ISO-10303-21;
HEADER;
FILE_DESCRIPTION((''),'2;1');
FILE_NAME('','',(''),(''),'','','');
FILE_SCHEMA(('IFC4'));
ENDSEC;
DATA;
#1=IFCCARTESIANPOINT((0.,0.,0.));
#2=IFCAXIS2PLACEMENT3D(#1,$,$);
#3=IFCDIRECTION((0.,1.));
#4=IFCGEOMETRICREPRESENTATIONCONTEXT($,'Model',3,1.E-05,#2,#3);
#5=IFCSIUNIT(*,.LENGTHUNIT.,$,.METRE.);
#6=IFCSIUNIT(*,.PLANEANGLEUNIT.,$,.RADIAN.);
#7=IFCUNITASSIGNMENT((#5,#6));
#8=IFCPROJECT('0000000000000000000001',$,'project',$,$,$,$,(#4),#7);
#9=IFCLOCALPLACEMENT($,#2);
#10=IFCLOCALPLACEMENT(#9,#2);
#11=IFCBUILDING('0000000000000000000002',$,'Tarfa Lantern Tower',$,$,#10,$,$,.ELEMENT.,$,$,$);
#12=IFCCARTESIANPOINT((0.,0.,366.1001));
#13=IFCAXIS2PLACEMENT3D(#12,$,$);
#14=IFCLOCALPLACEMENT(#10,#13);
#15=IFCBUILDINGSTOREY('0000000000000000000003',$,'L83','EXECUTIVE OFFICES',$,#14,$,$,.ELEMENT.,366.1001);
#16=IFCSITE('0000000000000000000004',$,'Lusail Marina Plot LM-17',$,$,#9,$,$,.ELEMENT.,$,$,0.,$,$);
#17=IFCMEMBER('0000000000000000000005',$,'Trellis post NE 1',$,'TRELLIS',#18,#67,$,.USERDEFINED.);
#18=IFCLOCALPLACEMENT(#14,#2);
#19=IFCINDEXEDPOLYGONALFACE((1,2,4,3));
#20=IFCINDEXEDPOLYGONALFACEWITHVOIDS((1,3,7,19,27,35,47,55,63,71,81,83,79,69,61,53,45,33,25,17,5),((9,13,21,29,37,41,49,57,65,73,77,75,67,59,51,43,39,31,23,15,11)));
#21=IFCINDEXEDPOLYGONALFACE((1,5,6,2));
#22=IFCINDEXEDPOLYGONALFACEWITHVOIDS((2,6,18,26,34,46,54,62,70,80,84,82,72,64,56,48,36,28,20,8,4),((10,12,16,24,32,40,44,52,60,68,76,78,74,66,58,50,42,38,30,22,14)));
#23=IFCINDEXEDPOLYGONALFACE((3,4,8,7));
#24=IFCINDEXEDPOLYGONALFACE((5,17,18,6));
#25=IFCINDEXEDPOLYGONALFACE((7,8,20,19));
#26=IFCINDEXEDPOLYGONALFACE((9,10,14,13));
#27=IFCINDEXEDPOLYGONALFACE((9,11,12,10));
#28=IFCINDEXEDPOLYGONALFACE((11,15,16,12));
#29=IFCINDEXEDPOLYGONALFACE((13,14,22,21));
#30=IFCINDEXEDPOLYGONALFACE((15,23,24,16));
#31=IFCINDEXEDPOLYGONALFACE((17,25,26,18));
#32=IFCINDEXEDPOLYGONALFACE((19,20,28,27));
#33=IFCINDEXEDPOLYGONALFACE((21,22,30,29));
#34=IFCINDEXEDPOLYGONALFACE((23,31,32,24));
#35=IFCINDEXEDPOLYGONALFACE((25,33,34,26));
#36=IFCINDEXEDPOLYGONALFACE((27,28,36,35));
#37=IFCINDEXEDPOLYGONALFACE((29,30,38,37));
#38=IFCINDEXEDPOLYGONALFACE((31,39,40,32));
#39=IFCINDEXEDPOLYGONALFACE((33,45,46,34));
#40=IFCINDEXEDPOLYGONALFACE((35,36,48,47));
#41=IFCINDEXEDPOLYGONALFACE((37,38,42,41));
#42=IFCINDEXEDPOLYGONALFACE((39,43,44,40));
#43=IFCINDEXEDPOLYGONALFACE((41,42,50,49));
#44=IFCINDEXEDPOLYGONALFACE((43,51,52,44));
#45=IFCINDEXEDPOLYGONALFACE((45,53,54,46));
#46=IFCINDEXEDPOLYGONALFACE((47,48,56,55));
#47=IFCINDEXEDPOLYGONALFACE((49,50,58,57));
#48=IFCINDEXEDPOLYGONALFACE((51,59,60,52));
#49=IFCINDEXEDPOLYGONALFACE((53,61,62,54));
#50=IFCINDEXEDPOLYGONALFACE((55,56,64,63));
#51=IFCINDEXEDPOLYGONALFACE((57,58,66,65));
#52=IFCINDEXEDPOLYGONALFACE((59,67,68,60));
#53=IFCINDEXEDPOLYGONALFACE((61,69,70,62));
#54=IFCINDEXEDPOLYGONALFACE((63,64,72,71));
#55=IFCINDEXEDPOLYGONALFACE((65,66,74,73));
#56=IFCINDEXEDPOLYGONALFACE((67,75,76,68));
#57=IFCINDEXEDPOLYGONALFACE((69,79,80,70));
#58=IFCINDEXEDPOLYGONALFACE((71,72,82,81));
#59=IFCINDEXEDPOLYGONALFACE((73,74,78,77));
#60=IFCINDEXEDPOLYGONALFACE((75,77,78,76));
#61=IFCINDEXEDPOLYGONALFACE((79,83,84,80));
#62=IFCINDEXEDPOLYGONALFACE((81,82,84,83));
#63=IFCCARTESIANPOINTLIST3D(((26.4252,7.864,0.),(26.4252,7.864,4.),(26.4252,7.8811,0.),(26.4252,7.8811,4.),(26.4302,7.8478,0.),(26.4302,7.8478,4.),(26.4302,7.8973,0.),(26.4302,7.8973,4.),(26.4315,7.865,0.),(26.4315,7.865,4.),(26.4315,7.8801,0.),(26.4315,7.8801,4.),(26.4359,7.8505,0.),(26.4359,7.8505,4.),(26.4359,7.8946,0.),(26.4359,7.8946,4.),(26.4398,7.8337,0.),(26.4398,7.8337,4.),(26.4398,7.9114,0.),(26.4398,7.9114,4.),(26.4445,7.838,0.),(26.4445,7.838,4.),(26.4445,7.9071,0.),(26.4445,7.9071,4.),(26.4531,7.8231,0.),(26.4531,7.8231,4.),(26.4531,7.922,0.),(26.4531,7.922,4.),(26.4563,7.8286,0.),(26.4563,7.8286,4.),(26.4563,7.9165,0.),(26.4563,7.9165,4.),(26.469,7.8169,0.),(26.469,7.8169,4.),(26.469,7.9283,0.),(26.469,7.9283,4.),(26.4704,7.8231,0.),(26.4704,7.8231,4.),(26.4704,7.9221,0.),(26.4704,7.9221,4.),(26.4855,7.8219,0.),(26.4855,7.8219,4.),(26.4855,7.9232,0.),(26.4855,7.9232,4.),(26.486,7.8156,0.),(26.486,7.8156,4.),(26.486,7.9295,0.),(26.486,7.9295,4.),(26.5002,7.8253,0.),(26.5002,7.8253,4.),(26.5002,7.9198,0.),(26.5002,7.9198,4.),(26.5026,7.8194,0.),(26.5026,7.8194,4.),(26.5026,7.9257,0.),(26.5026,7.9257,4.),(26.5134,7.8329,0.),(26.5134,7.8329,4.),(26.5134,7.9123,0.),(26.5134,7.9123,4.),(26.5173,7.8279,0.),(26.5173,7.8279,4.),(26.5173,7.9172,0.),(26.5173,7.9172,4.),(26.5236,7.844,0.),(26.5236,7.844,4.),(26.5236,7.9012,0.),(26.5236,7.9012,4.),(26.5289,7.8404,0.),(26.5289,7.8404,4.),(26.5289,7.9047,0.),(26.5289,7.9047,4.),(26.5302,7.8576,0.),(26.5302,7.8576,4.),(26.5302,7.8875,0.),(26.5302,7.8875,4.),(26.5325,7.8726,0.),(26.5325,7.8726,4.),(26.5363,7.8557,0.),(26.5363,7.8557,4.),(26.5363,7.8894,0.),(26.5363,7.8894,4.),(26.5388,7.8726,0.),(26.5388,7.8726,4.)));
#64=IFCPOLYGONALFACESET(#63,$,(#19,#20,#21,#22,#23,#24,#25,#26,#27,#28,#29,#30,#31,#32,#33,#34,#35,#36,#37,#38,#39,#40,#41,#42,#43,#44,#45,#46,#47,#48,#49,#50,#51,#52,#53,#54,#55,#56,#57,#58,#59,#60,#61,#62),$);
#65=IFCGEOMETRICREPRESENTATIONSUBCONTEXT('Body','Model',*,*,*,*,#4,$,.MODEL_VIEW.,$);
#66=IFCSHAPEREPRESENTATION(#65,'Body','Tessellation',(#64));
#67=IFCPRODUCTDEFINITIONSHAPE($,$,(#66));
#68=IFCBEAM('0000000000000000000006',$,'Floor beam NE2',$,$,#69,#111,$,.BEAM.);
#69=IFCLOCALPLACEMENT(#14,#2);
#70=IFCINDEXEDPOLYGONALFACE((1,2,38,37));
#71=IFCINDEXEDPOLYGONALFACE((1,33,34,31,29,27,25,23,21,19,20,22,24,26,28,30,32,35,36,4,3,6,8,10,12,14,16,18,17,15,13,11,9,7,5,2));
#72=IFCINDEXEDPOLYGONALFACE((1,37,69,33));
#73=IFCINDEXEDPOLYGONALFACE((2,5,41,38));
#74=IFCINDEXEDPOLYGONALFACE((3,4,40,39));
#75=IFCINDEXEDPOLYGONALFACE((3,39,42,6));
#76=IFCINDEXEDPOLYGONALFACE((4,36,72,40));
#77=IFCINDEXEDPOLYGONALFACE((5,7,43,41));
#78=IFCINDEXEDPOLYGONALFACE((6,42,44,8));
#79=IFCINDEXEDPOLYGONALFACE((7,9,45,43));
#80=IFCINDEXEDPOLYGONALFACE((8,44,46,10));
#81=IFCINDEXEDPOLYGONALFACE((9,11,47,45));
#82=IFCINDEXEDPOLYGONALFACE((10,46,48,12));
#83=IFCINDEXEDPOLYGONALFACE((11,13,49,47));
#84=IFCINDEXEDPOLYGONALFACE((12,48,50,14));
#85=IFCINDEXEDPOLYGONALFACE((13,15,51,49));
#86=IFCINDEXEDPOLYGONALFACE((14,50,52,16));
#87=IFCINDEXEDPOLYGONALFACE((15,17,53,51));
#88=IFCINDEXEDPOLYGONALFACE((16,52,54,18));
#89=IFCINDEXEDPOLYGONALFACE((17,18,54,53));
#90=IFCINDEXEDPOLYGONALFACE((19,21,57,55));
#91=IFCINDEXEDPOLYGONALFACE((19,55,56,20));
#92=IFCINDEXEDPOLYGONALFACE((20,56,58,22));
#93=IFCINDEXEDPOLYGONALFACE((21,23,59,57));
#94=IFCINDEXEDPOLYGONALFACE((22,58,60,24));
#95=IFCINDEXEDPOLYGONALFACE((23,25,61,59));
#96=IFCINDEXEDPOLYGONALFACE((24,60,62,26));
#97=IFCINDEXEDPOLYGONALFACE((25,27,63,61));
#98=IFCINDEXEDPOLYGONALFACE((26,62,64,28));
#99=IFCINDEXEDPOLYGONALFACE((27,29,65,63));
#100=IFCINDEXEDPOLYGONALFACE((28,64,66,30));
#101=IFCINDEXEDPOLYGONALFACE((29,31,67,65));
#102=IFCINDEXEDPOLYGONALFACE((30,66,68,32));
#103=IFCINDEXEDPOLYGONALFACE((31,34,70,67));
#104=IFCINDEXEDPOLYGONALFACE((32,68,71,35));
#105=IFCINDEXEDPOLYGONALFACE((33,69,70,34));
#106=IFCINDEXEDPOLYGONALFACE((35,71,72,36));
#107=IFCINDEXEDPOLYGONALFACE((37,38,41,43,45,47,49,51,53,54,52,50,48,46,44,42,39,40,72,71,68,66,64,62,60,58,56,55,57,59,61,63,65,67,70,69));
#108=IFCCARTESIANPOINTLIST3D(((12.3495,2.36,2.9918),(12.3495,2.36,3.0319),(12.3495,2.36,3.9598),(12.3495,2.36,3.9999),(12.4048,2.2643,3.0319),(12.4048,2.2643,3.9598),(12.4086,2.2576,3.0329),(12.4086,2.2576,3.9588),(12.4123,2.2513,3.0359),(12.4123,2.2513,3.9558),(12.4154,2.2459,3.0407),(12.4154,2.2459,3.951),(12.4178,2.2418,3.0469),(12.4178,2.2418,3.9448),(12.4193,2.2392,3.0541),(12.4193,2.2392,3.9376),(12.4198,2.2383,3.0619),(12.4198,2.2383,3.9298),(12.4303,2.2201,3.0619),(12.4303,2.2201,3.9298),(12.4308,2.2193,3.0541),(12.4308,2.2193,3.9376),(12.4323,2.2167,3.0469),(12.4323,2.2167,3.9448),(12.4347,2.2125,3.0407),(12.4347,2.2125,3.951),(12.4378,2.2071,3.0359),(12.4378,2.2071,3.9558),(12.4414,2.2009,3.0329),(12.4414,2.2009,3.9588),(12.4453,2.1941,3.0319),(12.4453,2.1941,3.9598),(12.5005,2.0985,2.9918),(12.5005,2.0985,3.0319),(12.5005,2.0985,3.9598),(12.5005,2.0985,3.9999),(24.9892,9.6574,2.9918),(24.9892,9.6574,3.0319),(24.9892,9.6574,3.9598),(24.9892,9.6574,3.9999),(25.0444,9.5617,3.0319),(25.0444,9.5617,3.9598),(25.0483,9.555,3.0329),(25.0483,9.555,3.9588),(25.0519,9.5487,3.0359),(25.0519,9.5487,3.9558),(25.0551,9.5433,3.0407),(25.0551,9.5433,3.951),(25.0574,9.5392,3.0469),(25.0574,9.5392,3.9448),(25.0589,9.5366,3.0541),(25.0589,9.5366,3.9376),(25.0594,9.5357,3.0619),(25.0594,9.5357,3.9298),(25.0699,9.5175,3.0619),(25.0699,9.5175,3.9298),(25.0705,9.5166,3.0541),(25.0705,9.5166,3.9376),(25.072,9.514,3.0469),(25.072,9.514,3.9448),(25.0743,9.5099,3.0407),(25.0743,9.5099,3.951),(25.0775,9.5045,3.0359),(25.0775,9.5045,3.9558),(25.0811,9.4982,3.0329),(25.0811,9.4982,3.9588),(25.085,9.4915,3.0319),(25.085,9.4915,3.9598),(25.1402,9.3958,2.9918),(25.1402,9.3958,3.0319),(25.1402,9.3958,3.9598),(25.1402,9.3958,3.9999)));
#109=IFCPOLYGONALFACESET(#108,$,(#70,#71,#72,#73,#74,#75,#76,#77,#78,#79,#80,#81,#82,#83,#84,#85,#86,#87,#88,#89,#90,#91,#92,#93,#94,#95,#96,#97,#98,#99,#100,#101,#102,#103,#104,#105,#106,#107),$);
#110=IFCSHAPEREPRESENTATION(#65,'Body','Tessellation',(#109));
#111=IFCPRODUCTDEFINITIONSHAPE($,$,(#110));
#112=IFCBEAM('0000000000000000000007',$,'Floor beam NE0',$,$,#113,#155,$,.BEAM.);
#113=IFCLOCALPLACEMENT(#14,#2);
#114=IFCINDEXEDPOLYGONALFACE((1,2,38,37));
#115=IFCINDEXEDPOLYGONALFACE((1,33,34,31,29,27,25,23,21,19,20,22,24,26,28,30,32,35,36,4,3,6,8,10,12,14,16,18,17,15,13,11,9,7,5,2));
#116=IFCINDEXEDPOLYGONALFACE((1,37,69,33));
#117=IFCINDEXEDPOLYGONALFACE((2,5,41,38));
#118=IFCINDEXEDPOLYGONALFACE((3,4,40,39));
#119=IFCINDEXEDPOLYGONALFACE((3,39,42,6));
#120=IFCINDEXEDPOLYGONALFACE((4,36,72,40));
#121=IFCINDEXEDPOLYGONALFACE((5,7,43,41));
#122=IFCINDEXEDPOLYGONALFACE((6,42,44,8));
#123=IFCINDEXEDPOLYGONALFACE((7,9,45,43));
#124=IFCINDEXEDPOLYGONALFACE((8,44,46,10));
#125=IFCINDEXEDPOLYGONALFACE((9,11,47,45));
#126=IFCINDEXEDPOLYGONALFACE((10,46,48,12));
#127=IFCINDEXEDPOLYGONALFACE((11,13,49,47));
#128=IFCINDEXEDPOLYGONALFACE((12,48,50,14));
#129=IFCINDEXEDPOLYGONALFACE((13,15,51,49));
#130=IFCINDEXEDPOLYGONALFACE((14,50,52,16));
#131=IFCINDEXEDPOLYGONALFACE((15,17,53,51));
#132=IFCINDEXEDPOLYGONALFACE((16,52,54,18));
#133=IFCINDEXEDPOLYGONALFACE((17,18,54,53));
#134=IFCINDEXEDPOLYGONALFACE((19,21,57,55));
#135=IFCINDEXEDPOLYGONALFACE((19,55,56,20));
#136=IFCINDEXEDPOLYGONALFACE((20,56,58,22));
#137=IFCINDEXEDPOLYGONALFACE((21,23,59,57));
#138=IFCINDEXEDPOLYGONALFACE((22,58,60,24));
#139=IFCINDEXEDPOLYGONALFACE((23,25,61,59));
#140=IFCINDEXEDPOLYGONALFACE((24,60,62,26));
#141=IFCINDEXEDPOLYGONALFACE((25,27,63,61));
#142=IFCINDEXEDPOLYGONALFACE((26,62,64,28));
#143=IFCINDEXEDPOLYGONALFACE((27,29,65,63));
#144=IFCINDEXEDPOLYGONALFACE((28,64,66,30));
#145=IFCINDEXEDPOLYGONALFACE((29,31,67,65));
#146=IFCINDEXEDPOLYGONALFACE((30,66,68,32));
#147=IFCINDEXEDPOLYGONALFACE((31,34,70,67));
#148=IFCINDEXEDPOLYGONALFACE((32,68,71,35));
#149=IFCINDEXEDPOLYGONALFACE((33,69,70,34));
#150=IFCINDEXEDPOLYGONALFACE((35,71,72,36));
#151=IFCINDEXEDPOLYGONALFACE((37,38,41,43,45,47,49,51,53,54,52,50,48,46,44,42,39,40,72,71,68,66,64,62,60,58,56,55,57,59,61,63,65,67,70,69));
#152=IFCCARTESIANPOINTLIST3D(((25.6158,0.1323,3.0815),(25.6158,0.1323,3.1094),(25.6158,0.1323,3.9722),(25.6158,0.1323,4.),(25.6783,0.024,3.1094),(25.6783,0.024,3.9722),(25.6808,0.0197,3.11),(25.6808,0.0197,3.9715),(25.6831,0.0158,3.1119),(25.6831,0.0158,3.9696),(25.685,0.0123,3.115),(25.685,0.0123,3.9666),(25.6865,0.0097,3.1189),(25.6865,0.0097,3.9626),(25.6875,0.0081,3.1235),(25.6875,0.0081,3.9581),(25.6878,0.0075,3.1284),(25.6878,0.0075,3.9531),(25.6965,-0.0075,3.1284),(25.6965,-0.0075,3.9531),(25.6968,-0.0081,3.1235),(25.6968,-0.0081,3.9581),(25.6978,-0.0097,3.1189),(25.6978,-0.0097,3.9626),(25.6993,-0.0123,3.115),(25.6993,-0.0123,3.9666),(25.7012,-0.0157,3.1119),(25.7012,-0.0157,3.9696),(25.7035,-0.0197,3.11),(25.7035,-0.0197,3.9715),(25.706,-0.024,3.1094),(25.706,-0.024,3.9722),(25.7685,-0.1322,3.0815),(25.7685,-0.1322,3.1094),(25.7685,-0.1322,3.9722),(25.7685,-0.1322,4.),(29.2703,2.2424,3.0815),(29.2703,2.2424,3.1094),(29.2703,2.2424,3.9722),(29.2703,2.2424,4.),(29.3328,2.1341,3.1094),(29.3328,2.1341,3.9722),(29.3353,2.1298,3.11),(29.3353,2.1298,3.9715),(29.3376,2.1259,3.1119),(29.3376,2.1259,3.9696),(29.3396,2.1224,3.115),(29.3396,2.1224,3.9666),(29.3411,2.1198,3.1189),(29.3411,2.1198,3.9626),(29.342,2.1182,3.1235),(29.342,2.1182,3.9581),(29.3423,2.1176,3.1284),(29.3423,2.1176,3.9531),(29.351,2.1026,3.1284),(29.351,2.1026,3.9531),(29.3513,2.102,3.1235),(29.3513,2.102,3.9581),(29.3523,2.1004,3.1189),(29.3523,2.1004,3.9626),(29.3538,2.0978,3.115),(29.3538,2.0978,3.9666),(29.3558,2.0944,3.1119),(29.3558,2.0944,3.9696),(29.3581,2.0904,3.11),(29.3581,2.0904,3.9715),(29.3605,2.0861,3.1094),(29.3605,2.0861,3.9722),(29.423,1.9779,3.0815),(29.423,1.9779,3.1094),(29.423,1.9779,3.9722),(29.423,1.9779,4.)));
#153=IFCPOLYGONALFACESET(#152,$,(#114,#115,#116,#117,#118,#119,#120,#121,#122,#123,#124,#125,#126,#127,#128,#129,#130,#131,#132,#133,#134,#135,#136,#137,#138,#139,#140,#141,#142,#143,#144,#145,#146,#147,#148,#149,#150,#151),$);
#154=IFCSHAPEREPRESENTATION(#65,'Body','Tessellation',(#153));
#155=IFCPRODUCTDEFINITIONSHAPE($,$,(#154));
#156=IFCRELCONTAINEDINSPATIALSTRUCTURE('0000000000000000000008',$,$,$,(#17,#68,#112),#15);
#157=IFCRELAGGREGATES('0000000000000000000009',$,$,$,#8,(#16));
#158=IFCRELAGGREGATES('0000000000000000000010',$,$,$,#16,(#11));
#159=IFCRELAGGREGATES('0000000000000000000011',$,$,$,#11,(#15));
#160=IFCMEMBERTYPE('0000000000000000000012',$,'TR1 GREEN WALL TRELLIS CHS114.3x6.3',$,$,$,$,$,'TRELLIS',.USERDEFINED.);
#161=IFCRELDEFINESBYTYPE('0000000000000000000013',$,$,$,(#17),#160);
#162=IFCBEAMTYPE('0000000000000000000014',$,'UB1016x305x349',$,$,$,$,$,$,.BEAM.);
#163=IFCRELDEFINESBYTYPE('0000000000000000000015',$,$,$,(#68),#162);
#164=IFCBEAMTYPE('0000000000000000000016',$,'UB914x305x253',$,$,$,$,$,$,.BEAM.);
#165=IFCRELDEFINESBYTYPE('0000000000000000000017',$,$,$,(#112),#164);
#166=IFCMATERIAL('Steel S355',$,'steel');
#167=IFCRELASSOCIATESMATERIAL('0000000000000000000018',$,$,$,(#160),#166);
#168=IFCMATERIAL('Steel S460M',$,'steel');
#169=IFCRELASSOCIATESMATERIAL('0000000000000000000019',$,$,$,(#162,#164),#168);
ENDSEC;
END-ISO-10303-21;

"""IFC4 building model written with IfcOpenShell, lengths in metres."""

from ifc_helpers import new_model, si_unit, direction, frame, origin, origin_2d, place, context, subcontext, project, spatial, hollow_circle, i_section, extrude, material, material_profile, profile_set, type_object, element, save


model = new_model("IFC4")

# Units and contexts
model_context = context("Model", 3, precision=1e-05, world=origin(), true_north=direction((0.0, 1.0)))
body_context = subcontext(model_context, "Body", "Model", "MODEL_VIEW")
ifc_project = project(units=[si_unit("LENGTHUNIT", "METRE"), si_unit("PLANEANGLEUNIT", "RADIAN")], contexts=[model_context])

# Site, building, storey
site_placement = place(None, origin())
site = spatial("IfcSite", under=ifc_project, at=site_placement, Name="Lusail Marina Plot LM-17", CompositionType="ELEMENT", RefElevation=0.0)
building_placement = place(site_placement, origin())
building = spatial("IfcBuilding", under=site, at=building_placement, Name="Tarfa Lantern Tower", CompositionType="ELEMENT")
storey_placement = place(building_placement, frame((0.0, 0.0, 366.1001)))
storey = spatial("IfcBuildingStorey", under=building, at=storey_placement, Name="L83", Description="EXECUTIVE OFFICES", CompositionType="ELEMENT", Elevation=366.1001)

# Member
ifc_material_1 = material(Name="Steel S355", Category="steel")
ifc_material_profile_1 = material_profile(ifc_material_1, hollow_circle(Radius=0.0571, WallThickness=0.0063, at=origin_2d()), Name="CHS114.3x6.3")
ifc_profile_set_1 = profile_set([ifc_material_profile_1], Name="Steel S355")
member_type_1 = type_object("IfcMemberType", Name="TR1 GREEN WALL TRELLIS CHS114.3x6.3", ElementType="TRELLIS", PredefinedType="USERDEFINED", material=ifc_profile_set_1)
member_1_placement = place(storey_placement, frame((26.4817, 7.8726, 0.0), z_axis=(0.0, 0.0, 1.0), x_axis=(1.0, 0.0, 0.0)))
element("IfcMember", 1, at=member_1_placement, inside=storey, type_object=member_type_1, Name="Trellis post NE 1", ObjectType="TRELLIS", PredefinedType="USERDEFINED", context=body_context, shape_type="SweptSolid", body=[
    extrude(hollow_circle(Radius=0.0571, WallThickness=0.0063, at=origin_2d()), origin(), (0.0, 0.0, 1.0), 4.0),
])

# Beams
ifc_material_2 = material(Name="Steel S460M", Category="steel")
ifc_material_profile_2 = material_profile(ifc_material_2, i_section(OverallWidth=0.302, OverallDepth=1.0081, WebThickness=0.021, FlangeThickness=0.04, FilletRadius=0.03, at=origin_2d()), Name="UB1016x305x349")
ifc_profile_set_2 = profile_set([ifc_material_profile_2], Name="Steel S460M")
beam_type_1 = type_object("IfcBeamType", Name="UB1016x305x349", PredefinedType="BEAM", material=ifc_profile_set_2)
beam_1_placement = place(storey_placement, frame((25.0647, 9.5266, 3.4958), z_axis=(-0.86603, -0.499993, 0.0), x_axis=(0.499993, -0.86603, 0.0)))
element("IfcBeam", 2, at=beam_1_placement, inside=storey, type_object=beam_type_1, Name="Floor beam NE2", PredefinedType="BEAM", context=body_context, shape_type="SweptSolid", body=[
    extrude(i_section(OverallWidth=0.302, OverallDepth=1.0081, WebThickness=0.021, FlangeThickness=0.04, FilletRadius=0.03, at=origin_2d()), origin(), (0.0, 0.0, 1.0), 14.595),
])
ifc_material_profile_3 = material_profile(ifc_material_2, i_section(OverallWidth=0.3054, OverallDepth=0.9185, WebThickness=0.0173, FlangeThickness=0.0278, FilletRadius=0.019, at=origin_2d()), Name="UB914x305x253")
ifc_profile_set_3 = profile_set([ifc_material_profile_3], Name="Steel S460M")
beam_type_2 = type_object("IfcBeamType", Name="UB914x305x253", PredefinedType="BEAM", material=ifc_profile_set_3)
beam_2_placement = place(storey_placement, frame((29.3467, 2.1101, 3.5408), z_axis=(-0.866009, -0.500028, 0.0), x_axis=(0.500028, -0.866009, 0.0)))
element("IfcBeam", 3, at=beam_2_placement, inside=storey, type_object=beam_type_2, Name="Floor beam NE0", PredefinedType="BEAM", context=body_context, shape_type="SweptSolid", body=[
    extrude(i_section(OverallWidth=0.3054, OverallDepth=0.9185, WebThickness=0.0173, FlangeThickness=0.0278, FilletRadius=0.019, at=origin_2d()), origin(), (0.0, 0.0, 1.0), 4.22),
])

save(model, "model.ifc")
